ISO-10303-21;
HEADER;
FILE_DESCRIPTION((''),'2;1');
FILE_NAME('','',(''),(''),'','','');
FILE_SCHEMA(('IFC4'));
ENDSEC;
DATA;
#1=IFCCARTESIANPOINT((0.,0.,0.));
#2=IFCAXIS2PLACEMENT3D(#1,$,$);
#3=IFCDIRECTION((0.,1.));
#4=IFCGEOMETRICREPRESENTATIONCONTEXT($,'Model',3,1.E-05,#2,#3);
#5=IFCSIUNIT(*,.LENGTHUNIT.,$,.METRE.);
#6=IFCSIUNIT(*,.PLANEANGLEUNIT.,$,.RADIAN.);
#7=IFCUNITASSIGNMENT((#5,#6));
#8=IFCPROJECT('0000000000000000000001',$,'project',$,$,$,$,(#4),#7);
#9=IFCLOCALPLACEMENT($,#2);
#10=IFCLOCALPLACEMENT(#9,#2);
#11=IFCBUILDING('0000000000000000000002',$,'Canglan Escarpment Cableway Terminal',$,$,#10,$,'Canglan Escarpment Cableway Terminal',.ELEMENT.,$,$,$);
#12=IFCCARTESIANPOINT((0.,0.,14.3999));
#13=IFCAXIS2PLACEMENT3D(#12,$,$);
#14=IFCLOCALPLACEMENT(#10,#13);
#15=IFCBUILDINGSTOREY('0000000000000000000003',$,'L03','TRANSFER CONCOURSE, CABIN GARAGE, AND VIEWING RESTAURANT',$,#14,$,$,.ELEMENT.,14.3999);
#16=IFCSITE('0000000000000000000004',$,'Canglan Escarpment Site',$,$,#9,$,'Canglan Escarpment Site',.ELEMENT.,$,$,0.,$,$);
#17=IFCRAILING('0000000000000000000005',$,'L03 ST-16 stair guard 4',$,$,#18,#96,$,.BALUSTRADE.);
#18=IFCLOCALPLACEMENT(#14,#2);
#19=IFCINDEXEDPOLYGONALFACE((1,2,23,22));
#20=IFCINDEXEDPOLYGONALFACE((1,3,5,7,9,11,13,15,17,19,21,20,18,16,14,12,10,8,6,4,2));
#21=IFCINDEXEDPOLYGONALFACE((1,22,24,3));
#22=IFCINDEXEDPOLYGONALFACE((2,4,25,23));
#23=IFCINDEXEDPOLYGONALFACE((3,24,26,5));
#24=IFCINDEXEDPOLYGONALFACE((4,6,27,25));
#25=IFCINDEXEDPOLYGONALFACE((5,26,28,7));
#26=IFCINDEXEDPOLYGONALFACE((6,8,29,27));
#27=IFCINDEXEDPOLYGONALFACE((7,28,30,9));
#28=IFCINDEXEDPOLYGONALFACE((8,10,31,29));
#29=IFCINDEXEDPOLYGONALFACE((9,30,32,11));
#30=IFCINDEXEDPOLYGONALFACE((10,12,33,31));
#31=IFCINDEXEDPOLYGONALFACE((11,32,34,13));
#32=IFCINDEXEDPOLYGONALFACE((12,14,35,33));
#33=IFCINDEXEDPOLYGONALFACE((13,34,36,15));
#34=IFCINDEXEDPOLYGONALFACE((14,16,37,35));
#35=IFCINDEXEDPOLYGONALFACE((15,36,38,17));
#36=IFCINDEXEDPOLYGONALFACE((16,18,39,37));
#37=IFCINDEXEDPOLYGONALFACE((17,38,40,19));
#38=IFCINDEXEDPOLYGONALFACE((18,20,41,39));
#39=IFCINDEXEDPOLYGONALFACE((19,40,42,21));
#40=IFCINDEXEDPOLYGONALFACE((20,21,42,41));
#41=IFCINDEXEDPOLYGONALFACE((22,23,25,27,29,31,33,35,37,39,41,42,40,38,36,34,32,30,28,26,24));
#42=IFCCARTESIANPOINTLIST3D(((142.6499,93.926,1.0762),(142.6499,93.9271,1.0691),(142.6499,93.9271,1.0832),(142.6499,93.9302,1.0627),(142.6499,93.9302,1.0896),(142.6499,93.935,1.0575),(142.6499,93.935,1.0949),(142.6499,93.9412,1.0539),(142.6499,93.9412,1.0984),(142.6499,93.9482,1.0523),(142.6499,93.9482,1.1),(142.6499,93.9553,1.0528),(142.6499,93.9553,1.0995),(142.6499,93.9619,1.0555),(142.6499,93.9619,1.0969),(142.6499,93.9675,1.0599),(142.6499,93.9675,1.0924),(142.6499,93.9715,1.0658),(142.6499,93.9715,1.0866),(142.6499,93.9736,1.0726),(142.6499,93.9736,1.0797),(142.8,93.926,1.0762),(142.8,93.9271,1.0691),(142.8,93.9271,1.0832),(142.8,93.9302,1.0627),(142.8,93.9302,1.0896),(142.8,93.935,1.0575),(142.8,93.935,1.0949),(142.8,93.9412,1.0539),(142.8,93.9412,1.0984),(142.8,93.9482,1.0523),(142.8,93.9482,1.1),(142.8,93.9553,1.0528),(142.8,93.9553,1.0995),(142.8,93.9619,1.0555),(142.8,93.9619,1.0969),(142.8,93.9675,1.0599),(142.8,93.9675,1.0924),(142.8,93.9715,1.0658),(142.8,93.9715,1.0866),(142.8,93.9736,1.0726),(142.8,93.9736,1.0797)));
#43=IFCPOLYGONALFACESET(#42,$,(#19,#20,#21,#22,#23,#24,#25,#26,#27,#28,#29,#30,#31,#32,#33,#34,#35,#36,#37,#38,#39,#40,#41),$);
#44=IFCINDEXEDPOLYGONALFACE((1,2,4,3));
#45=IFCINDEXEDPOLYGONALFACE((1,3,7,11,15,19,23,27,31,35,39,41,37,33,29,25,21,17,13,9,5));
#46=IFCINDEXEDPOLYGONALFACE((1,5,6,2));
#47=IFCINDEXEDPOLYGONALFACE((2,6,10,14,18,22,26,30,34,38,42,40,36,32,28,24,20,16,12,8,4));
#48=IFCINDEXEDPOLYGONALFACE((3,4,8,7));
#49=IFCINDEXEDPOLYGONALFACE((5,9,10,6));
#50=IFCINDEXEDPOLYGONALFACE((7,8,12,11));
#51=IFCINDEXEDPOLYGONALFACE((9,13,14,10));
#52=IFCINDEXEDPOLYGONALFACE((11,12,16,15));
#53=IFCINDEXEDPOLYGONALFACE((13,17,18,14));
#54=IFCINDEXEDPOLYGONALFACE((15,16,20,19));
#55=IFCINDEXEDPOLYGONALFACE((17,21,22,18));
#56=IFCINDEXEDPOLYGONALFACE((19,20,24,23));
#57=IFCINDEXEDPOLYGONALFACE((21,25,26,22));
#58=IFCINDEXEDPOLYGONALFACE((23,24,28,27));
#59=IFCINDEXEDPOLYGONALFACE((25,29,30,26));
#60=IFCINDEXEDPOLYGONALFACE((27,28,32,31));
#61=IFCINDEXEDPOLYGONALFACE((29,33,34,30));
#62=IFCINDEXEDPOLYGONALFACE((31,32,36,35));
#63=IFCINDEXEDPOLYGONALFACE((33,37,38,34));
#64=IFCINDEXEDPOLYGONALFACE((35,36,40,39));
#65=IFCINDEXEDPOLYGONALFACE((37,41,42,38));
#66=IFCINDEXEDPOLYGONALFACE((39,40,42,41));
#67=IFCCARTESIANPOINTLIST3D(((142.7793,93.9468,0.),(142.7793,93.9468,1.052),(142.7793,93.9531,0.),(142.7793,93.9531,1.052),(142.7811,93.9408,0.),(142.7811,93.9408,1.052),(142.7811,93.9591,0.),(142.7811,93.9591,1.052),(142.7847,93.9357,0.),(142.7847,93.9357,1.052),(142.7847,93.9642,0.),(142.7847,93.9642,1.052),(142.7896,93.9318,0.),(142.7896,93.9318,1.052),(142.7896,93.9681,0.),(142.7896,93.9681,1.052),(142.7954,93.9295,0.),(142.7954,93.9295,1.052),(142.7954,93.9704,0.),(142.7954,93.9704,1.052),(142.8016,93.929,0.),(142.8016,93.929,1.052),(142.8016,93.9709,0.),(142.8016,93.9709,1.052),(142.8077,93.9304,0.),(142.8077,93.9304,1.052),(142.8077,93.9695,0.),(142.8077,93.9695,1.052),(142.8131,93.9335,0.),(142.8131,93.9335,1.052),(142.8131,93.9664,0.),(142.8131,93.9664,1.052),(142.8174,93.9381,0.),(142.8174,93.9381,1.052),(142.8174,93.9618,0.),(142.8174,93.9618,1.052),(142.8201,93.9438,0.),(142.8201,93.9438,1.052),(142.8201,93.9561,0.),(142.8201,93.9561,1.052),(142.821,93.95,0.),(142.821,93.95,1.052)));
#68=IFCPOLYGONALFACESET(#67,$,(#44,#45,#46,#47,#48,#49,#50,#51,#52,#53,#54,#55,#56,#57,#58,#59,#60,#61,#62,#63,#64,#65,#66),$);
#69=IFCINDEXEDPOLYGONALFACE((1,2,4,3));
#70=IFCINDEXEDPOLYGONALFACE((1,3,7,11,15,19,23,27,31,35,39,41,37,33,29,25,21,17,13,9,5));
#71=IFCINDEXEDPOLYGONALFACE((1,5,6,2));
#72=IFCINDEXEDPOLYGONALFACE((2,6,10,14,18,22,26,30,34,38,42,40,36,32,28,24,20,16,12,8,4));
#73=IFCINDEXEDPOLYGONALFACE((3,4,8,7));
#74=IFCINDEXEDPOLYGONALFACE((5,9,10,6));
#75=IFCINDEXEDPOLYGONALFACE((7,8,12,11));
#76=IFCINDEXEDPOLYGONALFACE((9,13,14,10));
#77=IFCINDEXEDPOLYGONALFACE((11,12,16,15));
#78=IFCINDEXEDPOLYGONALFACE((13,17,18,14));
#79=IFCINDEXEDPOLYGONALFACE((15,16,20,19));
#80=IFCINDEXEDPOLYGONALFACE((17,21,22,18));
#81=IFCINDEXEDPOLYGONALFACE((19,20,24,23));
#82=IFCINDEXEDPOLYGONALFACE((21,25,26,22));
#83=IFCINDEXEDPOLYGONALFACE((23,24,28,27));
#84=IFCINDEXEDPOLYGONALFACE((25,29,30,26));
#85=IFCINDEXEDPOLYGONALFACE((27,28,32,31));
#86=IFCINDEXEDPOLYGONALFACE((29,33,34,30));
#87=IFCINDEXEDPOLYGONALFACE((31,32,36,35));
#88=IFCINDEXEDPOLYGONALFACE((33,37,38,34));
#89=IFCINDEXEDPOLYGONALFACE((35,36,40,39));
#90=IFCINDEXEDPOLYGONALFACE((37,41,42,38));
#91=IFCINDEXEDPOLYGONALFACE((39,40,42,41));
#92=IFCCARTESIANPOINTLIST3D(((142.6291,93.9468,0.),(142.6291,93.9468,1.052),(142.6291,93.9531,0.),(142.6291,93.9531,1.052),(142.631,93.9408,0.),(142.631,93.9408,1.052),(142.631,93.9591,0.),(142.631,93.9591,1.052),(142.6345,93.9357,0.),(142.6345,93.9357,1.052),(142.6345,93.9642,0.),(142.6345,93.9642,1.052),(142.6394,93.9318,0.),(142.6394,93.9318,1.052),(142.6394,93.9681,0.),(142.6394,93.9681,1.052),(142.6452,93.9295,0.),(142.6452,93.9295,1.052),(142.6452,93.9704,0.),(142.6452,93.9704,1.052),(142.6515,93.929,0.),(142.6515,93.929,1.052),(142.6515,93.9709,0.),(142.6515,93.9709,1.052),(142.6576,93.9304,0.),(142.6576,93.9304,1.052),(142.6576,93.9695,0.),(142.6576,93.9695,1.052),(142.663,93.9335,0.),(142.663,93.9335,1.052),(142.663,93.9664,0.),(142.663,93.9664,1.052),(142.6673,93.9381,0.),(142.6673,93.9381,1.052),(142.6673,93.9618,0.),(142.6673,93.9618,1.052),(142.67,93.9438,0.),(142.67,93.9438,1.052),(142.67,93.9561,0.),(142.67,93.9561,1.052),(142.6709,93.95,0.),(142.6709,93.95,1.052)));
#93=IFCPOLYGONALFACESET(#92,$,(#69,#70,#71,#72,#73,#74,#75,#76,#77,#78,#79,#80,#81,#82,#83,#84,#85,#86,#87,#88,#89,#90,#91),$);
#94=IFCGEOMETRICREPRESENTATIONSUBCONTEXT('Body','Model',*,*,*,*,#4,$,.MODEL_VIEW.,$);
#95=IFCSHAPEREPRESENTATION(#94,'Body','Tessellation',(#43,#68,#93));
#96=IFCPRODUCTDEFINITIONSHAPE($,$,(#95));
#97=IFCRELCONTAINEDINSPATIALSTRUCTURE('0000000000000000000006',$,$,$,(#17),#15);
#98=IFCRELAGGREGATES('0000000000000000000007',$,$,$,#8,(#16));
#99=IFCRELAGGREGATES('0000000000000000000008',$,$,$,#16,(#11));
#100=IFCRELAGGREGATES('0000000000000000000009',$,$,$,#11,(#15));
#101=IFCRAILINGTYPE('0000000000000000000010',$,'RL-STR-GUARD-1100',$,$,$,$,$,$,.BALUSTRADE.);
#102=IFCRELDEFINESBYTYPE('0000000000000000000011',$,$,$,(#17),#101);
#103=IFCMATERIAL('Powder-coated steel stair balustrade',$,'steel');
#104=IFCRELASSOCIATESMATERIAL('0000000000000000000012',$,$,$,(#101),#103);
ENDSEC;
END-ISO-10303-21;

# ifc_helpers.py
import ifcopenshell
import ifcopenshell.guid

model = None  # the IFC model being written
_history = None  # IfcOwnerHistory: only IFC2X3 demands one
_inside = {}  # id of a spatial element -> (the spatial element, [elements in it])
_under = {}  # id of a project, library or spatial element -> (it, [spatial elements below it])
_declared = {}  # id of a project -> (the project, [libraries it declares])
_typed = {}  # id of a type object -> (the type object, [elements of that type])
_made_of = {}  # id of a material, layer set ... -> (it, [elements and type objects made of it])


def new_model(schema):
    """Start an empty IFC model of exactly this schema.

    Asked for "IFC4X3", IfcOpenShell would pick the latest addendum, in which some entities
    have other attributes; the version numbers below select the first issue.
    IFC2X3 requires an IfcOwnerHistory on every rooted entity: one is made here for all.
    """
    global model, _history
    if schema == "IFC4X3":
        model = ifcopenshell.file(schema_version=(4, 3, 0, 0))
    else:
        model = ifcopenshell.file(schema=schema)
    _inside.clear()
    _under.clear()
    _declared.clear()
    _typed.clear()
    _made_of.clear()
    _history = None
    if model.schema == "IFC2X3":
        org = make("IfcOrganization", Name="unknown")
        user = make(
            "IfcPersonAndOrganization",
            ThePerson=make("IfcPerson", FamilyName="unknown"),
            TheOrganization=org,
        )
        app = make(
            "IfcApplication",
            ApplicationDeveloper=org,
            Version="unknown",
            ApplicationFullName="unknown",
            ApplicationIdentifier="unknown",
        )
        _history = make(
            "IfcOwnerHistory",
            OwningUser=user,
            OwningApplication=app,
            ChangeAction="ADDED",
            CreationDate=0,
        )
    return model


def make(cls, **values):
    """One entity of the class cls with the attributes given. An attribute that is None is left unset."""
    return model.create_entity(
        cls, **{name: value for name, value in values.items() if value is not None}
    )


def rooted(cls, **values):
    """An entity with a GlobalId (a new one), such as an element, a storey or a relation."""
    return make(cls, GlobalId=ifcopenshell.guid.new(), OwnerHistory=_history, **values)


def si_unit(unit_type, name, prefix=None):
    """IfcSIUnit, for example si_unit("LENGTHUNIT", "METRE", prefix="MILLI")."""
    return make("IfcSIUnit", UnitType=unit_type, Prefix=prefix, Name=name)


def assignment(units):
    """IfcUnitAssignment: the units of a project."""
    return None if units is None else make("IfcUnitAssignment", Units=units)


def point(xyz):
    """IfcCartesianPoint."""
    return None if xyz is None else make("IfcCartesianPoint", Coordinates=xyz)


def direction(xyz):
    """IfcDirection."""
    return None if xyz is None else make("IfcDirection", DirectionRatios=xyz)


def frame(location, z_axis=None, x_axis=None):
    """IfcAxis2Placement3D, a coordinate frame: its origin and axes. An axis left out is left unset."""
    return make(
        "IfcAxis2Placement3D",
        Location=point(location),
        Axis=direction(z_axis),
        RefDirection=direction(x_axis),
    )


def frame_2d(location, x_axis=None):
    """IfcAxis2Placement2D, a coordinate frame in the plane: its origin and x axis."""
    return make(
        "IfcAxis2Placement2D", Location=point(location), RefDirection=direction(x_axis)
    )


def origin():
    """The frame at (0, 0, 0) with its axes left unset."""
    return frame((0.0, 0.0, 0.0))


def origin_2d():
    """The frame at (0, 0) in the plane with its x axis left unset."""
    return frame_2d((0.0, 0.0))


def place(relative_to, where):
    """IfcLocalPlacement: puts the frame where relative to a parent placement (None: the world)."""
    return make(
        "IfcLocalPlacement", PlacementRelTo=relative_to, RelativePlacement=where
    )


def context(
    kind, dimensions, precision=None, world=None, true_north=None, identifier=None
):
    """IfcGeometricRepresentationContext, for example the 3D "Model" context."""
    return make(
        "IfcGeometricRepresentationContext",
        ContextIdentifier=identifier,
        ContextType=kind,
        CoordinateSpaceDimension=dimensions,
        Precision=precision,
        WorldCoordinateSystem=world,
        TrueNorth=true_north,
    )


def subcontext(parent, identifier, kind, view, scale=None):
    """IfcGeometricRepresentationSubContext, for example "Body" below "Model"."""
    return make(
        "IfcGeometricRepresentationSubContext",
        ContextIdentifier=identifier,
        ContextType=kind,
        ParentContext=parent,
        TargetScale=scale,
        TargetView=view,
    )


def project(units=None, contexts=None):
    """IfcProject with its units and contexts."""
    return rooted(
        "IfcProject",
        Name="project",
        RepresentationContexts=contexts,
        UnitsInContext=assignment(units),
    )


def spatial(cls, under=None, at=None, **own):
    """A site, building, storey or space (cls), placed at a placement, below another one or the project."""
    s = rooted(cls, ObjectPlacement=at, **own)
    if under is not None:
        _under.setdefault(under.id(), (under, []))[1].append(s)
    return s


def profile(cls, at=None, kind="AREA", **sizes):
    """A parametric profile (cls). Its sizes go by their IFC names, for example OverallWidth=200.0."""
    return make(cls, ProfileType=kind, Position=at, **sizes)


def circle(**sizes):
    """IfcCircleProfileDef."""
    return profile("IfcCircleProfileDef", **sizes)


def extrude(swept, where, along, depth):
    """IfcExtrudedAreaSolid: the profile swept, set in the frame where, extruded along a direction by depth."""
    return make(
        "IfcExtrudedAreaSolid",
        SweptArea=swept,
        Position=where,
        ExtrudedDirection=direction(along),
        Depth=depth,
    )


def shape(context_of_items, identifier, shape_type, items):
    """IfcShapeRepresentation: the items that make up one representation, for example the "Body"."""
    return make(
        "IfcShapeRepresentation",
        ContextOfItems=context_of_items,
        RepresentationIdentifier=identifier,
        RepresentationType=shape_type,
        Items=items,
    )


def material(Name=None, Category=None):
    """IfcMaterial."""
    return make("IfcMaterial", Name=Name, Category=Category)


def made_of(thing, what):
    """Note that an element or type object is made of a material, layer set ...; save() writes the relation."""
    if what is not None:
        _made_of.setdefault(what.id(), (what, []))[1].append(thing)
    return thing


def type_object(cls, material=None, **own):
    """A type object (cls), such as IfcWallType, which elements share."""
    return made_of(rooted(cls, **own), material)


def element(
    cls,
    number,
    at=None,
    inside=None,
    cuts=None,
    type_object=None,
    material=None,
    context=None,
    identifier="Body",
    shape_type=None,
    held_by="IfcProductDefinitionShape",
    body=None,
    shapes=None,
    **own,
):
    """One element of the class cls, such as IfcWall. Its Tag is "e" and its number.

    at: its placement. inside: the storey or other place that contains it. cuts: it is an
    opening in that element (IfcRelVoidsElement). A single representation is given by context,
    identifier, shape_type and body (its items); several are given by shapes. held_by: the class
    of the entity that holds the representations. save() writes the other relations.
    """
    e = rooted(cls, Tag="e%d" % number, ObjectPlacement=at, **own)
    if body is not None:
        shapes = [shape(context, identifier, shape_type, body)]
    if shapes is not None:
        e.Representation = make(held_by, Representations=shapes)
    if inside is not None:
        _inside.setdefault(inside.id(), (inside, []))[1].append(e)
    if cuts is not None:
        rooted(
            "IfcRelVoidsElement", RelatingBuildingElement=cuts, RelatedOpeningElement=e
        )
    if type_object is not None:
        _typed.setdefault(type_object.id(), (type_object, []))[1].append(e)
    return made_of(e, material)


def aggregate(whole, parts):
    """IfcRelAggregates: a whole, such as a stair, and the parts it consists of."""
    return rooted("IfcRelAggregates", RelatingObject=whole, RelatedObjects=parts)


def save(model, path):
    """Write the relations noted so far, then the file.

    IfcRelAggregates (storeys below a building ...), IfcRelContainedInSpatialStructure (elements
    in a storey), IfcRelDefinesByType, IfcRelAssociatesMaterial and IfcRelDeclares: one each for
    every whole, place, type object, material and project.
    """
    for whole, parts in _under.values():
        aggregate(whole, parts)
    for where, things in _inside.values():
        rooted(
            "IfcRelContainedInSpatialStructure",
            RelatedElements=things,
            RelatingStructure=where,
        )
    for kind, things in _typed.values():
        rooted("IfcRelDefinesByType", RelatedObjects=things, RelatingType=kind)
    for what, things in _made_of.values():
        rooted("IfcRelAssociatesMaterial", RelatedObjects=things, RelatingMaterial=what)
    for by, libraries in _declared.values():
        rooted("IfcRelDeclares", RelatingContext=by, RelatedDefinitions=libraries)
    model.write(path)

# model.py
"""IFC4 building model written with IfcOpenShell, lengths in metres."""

from ifc_helpers import new_model, si_unit, direction, frame, origin, origin_2d, place, context, subcontext, project, spatial, circle, extrude, material, type_object, element, save


model = new_model("IFC4")

# Units and contexts
model_context = context("Model", 3, precision=1e-05, world=origin(), true_north=direction((0.0, 1.0)))
body_context = subcontext(model_context, "Body", "Model", "MODEL_VIEW")
ifc_project = project(units=[si_unit("LENGTHUNIT", "METRE"), si_unit("PLANEANGLEUNIT", "RADIAN")], contexts=[model_context])

# Site, building, storey
site_placement = place(None, origin())
site = spatial("IfcSite", under=ifc_project, at=site_placement, Name="Canglan Escarpment Site", LongName="Canglan Escarpment Site", CompositionType="ELEMENT", RefElevation=0.0)
building_placement = place(site_placement, origin())
building = spatial("IfcBuilding", under=site, at=building_placement, Name="Canglan Escarpment Cableway Terminal", LongName="Canglan Escarpment Cableway Terminal", CompositionType="ELEMENT")
storey_placement = place(building_placement, frame((0.0, 0.0, 14.3999)))
storey = spatial("IfcBuildingStorey", under=building, at=storey_placement, Name="L03", Description="TRANSFER CONCOURSE, CABIN GARAGE, AND VIEWING RESTAURANT", CompositionType="ELEMENT", Elevation=14.3999)

# Railing
ifc_material_1 = material(Name="Powder-coated steel stair balustrade", Category="steel")
railing_type_1 = type_object("IfcRailingType", Name="RL-STR-GUARD-1100", PredefinedType="BALUSTRADE", material=ifc_material_1)
railing_1_placement = place(storey_placement, frame((142.8, 93.95, 0.0)))
element("IfcRailing", 1, at=railing_1_placement, inside=storey, type_object=railing_type_1, Name="L03 ST-16 stair guard 4", PredefinedType="BALUSTRADE", context=body_context, shape_type="SweptSolid", body=[
    extrude(circle(Radius=0.0239, at=origin_2d()), frame((0.0, 0.0, 1.0762), z_axis=(-1.0, 0.0, 0.0), x_axis=(0.0, -1.0, 0.0)), (0.0, 0.0, 1.0), 0.1501),
    extrude(circle(Radius=0.021, at=origin_2d()), origin(), (0.0, 0.0, 1.0), 1.052),
    extrude(circle(Radius=0.021, at=origin_2d()), frame((-0.1501, 0.0, 0.0)), (0.0, 0.0, 1.0), 1.052),
])

save(model, "model.ifc")
